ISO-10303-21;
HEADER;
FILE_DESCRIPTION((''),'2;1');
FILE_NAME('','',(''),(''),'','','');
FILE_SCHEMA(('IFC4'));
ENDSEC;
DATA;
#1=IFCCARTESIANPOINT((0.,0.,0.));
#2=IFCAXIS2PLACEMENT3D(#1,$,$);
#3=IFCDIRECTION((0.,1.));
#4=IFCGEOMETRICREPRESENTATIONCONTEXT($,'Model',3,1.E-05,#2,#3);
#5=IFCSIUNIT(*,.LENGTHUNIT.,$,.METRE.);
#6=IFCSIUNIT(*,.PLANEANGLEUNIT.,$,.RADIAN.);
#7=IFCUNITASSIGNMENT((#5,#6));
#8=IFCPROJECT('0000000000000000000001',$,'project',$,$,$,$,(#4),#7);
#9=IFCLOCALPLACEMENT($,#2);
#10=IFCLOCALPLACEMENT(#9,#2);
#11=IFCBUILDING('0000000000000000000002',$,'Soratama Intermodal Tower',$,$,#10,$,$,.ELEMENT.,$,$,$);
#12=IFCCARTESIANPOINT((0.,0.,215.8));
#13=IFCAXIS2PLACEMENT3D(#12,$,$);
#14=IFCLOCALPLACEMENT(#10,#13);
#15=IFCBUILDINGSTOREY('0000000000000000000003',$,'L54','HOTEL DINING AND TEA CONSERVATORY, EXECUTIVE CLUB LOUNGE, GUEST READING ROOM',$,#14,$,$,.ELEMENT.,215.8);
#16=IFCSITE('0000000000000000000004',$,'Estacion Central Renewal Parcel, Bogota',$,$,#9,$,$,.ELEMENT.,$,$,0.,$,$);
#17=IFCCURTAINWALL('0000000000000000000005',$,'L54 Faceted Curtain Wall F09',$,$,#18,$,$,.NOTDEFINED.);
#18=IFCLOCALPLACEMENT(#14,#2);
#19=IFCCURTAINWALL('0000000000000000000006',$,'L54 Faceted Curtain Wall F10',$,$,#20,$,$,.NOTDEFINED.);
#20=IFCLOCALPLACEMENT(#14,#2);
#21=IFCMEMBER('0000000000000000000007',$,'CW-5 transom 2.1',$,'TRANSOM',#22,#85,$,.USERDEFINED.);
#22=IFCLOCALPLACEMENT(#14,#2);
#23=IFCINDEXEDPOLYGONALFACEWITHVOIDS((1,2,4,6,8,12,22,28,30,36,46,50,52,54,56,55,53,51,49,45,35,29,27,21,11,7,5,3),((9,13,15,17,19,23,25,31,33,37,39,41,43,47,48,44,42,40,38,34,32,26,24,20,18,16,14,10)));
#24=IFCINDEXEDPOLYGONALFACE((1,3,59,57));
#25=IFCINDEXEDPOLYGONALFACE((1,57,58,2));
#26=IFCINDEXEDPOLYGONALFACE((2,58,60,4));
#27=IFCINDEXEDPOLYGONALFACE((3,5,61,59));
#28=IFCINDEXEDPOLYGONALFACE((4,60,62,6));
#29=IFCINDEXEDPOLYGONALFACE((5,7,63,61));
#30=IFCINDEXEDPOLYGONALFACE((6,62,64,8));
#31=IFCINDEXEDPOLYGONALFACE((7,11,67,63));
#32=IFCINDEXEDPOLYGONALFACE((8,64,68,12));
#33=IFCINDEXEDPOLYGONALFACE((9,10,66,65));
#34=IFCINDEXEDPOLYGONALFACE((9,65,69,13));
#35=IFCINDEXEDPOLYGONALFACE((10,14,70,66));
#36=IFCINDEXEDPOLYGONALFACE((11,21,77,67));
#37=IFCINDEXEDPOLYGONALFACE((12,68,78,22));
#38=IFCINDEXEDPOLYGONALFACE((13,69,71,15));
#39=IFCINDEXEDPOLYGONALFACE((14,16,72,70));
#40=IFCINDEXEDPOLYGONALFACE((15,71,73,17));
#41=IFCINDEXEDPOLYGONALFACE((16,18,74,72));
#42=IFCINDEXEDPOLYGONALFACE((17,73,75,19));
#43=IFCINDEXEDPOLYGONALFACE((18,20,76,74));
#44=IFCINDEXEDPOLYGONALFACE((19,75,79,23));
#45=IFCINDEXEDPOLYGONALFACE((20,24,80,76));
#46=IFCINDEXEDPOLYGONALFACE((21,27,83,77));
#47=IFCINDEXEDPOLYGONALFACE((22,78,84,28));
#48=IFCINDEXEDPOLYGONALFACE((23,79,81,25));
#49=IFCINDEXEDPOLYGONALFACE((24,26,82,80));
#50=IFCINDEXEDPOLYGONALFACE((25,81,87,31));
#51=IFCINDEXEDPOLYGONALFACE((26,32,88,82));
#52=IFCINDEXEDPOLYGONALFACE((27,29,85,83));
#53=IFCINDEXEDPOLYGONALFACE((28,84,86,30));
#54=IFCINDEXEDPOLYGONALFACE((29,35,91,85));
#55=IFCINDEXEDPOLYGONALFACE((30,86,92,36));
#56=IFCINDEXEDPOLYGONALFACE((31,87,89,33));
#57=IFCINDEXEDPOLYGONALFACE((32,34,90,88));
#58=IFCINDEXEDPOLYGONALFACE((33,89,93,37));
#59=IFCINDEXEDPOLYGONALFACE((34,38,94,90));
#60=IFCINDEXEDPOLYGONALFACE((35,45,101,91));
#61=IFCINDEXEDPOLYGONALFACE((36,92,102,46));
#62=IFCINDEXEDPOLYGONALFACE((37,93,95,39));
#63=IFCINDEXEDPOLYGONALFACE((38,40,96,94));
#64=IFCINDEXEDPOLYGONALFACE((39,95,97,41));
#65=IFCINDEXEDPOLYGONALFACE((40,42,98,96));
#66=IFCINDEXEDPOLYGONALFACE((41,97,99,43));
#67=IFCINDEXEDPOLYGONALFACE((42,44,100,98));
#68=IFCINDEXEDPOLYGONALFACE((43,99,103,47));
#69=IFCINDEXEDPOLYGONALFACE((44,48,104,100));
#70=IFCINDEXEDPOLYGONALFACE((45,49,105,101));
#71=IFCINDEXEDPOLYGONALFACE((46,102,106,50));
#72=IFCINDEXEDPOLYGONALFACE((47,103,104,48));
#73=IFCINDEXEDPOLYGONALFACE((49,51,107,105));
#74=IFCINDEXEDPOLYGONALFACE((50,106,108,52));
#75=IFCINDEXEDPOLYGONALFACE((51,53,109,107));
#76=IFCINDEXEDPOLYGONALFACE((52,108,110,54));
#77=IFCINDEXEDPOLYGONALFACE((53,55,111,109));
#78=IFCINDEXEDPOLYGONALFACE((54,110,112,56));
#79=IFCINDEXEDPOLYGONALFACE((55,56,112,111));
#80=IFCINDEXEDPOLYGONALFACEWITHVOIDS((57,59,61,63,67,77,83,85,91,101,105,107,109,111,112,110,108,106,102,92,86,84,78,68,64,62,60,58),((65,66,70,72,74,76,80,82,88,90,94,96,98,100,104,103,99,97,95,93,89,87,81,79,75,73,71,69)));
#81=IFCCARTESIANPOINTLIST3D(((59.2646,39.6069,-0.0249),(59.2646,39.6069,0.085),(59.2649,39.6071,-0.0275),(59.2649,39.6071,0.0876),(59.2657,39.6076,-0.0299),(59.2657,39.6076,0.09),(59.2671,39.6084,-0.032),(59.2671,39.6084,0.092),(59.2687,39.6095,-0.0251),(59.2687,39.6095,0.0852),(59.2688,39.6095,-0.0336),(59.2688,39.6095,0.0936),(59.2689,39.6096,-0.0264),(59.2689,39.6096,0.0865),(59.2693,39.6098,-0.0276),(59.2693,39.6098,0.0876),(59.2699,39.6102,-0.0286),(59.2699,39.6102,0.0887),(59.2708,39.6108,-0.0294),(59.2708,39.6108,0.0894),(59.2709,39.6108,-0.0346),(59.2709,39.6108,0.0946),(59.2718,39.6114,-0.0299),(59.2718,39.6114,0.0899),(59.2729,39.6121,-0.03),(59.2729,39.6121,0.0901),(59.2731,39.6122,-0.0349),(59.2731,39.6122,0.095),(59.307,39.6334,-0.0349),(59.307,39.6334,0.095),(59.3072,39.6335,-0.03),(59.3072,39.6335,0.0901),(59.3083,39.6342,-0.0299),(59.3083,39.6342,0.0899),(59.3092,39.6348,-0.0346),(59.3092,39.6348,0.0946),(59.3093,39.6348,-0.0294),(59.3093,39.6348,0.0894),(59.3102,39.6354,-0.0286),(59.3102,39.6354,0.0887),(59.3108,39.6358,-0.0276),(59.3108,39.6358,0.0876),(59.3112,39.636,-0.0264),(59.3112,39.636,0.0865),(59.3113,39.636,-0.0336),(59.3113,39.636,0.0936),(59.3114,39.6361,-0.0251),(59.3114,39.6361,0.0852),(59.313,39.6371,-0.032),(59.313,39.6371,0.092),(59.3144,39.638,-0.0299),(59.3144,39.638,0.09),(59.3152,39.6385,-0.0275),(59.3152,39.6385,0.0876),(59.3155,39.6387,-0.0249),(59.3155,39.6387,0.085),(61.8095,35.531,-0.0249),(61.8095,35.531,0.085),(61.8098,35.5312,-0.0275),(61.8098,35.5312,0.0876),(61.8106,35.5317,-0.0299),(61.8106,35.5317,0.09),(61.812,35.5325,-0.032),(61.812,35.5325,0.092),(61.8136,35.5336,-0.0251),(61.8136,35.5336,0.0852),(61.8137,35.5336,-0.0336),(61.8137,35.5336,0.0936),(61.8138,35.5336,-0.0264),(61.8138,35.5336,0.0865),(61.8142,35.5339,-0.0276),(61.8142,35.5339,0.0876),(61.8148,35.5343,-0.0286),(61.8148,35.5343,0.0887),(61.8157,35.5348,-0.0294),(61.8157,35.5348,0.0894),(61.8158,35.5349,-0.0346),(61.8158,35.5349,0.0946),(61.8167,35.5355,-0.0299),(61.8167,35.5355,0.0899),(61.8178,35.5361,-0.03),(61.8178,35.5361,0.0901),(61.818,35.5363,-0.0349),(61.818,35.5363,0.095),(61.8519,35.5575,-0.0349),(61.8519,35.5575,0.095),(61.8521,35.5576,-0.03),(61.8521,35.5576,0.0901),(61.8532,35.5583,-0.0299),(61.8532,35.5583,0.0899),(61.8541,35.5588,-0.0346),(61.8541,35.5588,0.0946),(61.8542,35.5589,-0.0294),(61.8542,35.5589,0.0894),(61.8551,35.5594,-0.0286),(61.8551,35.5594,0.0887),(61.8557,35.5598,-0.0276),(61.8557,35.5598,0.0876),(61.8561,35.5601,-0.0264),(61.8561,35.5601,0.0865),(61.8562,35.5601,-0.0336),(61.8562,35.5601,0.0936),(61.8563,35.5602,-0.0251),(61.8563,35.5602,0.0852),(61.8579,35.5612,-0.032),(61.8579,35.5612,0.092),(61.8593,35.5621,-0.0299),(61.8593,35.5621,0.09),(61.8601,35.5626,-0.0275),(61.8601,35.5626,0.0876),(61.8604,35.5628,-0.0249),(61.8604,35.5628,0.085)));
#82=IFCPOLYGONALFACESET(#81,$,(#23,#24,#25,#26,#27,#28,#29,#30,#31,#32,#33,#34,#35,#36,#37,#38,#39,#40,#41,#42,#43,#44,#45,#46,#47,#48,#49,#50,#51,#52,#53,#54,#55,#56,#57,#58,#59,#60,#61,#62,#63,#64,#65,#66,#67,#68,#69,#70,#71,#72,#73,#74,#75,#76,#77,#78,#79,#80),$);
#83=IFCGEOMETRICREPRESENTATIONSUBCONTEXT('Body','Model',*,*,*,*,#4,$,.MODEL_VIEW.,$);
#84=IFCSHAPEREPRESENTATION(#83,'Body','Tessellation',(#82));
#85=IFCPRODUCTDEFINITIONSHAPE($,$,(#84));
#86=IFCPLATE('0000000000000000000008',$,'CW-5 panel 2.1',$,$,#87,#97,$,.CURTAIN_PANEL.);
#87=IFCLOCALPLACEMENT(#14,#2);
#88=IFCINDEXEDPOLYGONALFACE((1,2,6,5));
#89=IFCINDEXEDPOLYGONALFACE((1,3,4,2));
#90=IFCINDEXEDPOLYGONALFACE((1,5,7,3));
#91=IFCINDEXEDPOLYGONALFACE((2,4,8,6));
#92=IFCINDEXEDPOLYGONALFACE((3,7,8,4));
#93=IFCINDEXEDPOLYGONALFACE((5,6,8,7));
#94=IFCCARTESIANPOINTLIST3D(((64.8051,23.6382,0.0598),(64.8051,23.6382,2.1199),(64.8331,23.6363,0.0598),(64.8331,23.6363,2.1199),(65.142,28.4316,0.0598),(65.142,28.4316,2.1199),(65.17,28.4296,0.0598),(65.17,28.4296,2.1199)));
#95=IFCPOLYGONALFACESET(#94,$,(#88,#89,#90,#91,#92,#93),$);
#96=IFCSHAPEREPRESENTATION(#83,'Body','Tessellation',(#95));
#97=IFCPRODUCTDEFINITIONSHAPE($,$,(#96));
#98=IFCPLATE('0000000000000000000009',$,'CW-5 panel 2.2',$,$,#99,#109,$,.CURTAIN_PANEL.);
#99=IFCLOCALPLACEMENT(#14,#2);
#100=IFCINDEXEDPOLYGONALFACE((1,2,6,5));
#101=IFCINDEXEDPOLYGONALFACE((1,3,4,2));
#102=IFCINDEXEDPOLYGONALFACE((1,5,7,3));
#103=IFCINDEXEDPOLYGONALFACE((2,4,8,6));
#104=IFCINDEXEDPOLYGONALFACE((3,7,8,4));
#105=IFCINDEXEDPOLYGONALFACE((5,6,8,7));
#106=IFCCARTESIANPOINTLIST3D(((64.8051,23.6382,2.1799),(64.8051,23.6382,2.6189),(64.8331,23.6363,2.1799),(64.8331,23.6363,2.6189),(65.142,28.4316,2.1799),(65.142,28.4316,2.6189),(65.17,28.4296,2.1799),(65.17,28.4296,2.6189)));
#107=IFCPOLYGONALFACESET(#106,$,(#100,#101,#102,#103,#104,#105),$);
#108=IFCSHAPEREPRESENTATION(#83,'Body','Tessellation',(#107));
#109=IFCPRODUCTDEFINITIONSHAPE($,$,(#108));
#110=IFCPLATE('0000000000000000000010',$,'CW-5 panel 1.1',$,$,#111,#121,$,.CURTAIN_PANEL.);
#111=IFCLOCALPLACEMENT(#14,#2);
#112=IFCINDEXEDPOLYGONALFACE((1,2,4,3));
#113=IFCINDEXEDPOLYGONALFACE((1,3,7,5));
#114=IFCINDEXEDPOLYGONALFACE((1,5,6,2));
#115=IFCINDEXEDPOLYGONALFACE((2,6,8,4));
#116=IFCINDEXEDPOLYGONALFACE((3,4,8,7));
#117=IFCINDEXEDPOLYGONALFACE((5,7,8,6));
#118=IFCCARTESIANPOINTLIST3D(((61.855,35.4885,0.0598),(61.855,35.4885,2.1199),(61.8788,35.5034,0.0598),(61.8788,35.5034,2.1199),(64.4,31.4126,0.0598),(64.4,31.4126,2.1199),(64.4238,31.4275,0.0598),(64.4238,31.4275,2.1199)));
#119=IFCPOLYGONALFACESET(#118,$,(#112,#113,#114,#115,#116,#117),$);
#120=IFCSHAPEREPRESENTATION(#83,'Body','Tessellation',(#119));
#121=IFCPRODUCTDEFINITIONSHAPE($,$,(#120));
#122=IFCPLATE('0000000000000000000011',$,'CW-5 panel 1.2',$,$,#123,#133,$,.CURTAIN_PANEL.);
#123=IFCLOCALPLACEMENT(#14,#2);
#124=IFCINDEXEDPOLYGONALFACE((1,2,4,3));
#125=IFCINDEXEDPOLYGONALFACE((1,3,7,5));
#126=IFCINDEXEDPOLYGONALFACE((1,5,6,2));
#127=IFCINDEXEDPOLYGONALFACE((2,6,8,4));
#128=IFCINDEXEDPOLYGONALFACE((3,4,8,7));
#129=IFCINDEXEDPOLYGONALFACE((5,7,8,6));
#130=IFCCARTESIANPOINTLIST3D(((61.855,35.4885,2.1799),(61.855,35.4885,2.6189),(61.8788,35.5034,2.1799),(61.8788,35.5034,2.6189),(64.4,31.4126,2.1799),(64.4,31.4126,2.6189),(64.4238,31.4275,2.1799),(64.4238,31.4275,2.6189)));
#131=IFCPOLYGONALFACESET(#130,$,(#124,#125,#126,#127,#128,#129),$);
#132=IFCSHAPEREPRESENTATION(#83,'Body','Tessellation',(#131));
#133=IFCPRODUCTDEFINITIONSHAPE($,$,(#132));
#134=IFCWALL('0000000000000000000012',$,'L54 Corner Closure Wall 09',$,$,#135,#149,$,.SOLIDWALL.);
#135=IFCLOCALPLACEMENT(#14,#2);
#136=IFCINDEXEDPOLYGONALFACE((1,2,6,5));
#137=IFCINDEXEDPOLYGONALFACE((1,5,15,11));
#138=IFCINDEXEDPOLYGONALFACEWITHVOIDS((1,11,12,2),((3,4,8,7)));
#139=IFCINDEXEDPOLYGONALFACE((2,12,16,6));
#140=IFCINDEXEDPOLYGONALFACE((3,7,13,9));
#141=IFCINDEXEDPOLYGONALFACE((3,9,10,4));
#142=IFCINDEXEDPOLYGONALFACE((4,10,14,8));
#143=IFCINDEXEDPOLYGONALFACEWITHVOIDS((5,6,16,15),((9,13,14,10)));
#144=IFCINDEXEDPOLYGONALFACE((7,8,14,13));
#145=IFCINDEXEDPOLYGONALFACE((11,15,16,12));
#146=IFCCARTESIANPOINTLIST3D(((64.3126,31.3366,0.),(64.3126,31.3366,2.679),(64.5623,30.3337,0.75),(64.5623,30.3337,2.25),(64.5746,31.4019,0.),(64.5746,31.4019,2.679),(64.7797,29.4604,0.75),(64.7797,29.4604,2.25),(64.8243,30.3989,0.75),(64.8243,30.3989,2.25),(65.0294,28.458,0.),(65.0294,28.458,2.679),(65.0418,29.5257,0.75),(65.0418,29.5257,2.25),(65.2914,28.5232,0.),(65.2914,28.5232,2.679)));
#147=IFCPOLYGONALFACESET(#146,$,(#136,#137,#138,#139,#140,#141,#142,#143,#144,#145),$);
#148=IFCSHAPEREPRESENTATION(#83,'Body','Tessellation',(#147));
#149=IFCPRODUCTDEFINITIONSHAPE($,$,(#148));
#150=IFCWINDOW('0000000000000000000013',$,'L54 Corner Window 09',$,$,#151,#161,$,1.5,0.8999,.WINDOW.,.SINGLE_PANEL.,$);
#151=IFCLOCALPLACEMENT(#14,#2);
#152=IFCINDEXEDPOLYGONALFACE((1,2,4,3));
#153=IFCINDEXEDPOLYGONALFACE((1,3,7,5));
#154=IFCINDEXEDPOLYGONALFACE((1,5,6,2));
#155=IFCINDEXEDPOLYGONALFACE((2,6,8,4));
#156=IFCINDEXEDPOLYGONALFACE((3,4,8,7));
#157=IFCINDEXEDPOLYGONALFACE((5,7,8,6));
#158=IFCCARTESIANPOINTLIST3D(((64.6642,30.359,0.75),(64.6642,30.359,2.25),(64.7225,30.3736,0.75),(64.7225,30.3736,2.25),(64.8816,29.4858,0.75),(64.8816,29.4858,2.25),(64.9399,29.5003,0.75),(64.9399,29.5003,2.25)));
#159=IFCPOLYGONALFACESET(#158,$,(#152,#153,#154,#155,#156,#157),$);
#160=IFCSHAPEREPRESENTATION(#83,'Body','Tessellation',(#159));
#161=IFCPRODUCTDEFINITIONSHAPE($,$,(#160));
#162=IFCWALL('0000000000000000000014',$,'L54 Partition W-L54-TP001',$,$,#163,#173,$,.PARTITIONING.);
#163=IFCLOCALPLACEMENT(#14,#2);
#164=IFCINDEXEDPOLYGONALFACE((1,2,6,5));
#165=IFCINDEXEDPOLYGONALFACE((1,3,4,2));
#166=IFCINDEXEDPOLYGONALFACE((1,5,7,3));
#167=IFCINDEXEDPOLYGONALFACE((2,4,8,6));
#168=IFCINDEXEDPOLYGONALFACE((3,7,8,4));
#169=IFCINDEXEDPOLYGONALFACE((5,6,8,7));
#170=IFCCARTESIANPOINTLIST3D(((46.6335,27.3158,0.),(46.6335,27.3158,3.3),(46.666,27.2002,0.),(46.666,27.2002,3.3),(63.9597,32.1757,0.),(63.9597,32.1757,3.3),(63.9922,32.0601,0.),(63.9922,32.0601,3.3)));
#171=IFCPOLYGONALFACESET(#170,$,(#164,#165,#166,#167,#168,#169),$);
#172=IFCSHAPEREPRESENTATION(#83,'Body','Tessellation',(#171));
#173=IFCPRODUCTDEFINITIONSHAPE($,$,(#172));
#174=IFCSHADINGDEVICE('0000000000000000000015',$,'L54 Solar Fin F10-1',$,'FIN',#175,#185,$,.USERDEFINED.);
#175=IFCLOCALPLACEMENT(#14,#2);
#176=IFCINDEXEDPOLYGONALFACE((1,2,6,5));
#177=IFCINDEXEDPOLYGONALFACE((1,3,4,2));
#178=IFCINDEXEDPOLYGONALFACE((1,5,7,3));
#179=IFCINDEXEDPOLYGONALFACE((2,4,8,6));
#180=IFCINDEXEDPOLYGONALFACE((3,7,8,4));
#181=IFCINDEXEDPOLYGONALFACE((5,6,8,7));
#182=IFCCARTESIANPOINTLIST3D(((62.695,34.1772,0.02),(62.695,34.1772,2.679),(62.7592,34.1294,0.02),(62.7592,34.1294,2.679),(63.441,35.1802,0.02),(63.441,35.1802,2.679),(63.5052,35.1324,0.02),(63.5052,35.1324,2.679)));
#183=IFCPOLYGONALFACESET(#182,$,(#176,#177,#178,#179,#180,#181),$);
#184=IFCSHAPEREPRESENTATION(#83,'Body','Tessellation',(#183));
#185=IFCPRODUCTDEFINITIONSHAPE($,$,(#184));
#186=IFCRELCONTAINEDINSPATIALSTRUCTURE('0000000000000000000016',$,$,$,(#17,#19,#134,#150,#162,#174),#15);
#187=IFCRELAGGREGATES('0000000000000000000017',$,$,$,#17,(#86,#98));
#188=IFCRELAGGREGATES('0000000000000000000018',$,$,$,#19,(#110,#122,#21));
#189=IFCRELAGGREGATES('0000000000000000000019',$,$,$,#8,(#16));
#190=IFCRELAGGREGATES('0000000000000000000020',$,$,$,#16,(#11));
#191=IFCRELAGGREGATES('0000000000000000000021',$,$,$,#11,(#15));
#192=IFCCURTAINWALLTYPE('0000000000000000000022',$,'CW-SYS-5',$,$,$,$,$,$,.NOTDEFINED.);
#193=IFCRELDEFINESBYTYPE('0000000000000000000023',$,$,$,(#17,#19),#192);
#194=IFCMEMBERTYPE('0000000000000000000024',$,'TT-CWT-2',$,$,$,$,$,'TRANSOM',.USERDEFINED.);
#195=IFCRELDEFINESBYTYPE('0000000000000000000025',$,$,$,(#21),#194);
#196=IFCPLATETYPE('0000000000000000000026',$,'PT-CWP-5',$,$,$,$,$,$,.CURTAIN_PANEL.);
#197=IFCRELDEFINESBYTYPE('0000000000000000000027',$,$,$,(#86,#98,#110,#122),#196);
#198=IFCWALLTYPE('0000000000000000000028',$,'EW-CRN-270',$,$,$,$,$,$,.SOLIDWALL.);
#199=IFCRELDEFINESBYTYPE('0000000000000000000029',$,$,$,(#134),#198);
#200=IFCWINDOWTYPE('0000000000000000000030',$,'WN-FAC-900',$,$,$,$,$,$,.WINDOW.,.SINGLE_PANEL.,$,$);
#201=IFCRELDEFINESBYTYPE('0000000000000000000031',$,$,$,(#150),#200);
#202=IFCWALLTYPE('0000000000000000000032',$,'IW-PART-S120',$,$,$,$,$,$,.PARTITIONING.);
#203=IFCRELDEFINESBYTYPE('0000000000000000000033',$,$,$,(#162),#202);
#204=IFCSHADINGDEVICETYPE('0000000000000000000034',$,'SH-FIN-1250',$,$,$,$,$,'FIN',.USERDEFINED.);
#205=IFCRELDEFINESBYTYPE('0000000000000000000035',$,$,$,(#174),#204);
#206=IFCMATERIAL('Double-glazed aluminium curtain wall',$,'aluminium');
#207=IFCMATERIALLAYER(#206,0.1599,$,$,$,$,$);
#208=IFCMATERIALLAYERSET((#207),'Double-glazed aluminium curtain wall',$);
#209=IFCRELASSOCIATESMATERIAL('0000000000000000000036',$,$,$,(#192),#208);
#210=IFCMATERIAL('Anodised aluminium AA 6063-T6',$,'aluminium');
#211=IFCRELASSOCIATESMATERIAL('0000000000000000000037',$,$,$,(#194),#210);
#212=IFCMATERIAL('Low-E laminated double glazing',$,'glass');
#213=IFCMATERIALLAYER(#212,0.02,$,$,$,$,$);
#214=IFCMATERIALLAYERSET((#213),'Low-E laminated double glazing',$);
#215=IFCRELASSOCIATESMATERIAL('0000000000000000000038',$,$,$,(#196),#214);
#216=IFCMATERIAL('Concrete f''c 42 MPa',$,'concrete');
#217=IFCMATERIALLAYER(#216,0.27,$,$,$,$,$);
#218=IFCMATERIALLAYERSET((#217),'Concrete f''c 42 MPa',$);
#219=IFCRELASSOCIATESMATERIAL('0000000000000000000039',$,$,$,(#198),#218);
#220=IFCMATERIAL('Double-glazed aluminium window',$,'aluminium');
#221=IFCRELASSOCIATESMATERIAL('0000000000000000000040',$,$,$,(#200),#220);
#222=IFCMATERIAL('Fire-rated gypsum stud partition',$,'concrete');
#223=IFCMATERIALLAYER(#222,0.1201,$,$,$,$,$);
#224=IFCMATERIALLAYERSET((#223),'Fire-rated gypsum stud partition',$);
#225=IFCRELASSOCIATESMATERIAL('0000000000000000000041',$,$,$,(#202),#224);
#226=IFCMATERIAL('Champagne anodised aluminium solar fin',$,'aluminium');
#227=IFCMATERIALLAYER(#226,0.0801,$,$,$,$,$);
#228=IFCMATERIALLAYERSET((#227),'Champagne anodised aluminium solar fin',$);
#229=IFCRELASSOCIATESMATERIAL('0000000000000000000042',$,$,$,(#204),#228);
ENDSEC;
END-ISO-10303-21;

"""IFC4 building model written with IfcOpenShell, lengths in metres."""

from ifc_helpers import new_model, si_unit, direction, frame, frame_2d, origin, origin_2d, place, context, subcontext, project, spatial, rectangle, hollow_rectangle, extrude, material, layer, layer_set, material_profile, profile_set, type_object, element, fill, aggregate, save


model = new_model("IFC4")

# Units and contexts
model_context = context("Model", 3, precision=1e-05, world=origin(), true_north=direction((0.0, 1.0)))
body_context = subcontext(model_context, "Body", "Model", "MODEL_VIEW")
ifc_project = project(units=[si_unit("LENGTHUNIT", "METRE"), si_unit("PLANEANGLEUNIT", "RADIAN")], contexts=[model_context])

# Site, building, storey
site_placement = place(None, origin())
site = spatial("IfcSite", under=ifc_project, at=site_placement, Name="Estacion Central Renewal Parcel, Bogota", CompositionType="ELEMENT", RefElevation=0.0)
building_placement = place(site_placement, origin())
building = spatial("IfcBuilding", under=site, at=building_placement, Name="Soratama Intermodal Tower", CompositionType="ELEMENT")
storey_placement = place(building_placement, frame((0.0, 0.0, 215.8)))
storey = spatial("IfcBuildingStorey", under=building, at=storey_placement, Name="L54", Description="HOTEL DINING AND TEA CONSERVATORY, EXECUTIVE CLUB LOUNGE, GUEST READING ROOM", CompositionType="ELEMENT", Elevation=215.8)

# Curtain wall
ifc_material_1 = material(Name="Double-glazed aluminium curtain wall", Category="aluminium")
ifc_layer_1 = layer(ifc_material_1, 0.1599)
ifc_layer_set_1 = layer_set([ifc_layer_1], Name="Double-glazed aluminium curtain wall")
curtain_wall_type = type_object("IfcCurtainWallType", Name="CW-SYS-5", PredefinedType="NOTDEFINED", material=ifc_layer_set_1)
curtain_wall_1_placement = place(storey_placement, origin())
curtain_wall_1 = element("IfcCurtainWall", 1, at=curtain_wall_1_placement, inside=storey, type_object=curtain_wall_type, Name="L54 Faceted Curtain Wall F09", PredefinedType="NOTDEFINED")

# Curtain wall, member
curtain_wall_2_placement = place(storey_placement, origin())
curtain_wall_2 = element("IfcCurtainWall", 2, at=curtain_wall_2_placement, inside=storey, type_object=curtain_wall_type, Name="L54 Faceted Curtain Wall F10", PredefinedType="NOTDEFINED")
ifc_material_2 = material(Name="Anodised aluminium AA 6063-T6", Category="aluminium")
ifc_material_profile_1 = material_profile(ifc_material_2, hollow_rectangle(XDim=0.0601, YDim=0.1299, WallThickness=0.0049, InnerFilletRadius=0.0049, OuterFilletRadius=0.01, at=origin_2d()), Name="CWT130X60X5")
ifc_profile_set_1 = profile_set([ifc_material_profile_1], Name="Anodised aluminium AA 6063-T6")
member_type_1 = type_object("IfcMemberType", Name="TT-CWT-2", ElementType="TRANSOM", PredefinedType="USERDEFINED", material=ifc_profile_set_1)
member_1_placement = place(storey_placement, frame((61.835, 35.5469, 0.03), z_axis=(-0.52962, 0.848235, 0.0), x_axis=(-0.848235, -0.52962, 0.0)))
member_1 = element("IfcMember", 3, at=member_1_placement, type_object=member_type_1, Name="CW-5 transom 2.1", ObjectType="TRANSOM", PredefinedType="USERDEFINED", context=body_context, shape_type="SweptSolid", body=[
    extrude(hollow_rectangle(XDim=0.0601, YDim=0.1299, WallThickness=0.0049, InnerFilletRadius=0.0049, OuterFilletRadius=0.01, at=origin_2d()), origin(), (0.0, 0.0, 1.0), 4.8052),
])

# Plates
ifc_material_3 = material(Name="Low-E laminated double glazing", Category="glass")
ifc_layer_2 = layer(ifc_material_3, 0.02)
ifc_layer_set_2 = layer_set([ifc_layer_2], Name="Low-E laminated double glazing")
plate_type = type_object("IfcPlateType", Name="PT-CWP-5", PredefinedType="CURTAIN_PANEL", material=ifc_layer_set_2)
plate_1_placement = place(storey_placement, frame((64.9875, 26.0339, 0.0598), z_axis=(0.0, 0.0, 1.0), x_axis=(0.070109, 0.997539, 0.0)))
plate_1 = element("IfcPlate", 4, at=plate_1_placement, type_object=plate_type, Name="CW-5 panel 2.1", PredefinedType="CURTAIN_PANEL", context=body_context, shape_type="SweptSolid", body=[
    extrude(rectangle(XDim=4.8052, YDim=0.0281, at=origin_2d()), origin(), (0.0, 0.0, 1.0), 2.0601),
])
plate_2_placement = place(storey_placement, frame((64.9875, 26.0339, 2.1799), z_axis=(0.0, 0.0, 1.0), x_axis=(0.070109, 0.997539, 0.0)))
plate_2 = element("IfcPlate", 5, at=plate_2_placement, type_object=plate_type, Name="CW-5 panel 2.2", PredefinedType="CURTAIN_PANEL", context=body_context, shape_type="SweptSolid", body=[
    extrude(rectangle(XDim=4.8052, YDim=0.0281, at=origin_2d()), origin(), (0.0, 0.0, 1.0), 0.439),
])
aggregate(curtain_wall_1, [plate_1, plate_2])
plate_3_placement = place(storey_placement, frame((63.1394, 33.458, 0.0598), z_axis=(0.0, 0.0, 1.0), x_axis=(-0.529626, 0.848231, 0.0)))
plate_3 = element("IfcPlate", 6, at=plate_3_placement, type_object=plate_type, Name="CW-5 panel 1.1", PredefinedType="CURTAIN_PANEL", context=body_context, shape_type="SweptSolid", body=[
    extrude(rectangle(XDim=4.8052, YDim=0.0281, at=origin_2d()), origin(), (0.0, 0.0, 1.0), 2.0601),
])
plate_4_placement = place(storey_placement, frame((63.1394, 33.458, 2.1799), z_axis=(0.0, 0.0, 1.0), x_axis=(-0.529626, 0.848231, 0.0)))
plate_4 = element("IfcPlate", 7, at=plate_4_placement, type_object=plate_type, Name="CW-5 panel 1.2", PredefinedType="CURTAIN_PANEL", context=body_context, shape_type="SweptSolid", body=[
    extrude(rectangle(XDim=4.8052, YDim=0.0281, at=origin_2d()), origin(), (0.0, 0.0, 1.0), 0.439),
])
aggregate(curtain_wall_2, [plate_3, plate_4, member_1])

# Wall, opening, window
ifc_material_4 = material(Name="Concrete f'c 42 MPa", Category="concrete")
ifc_layer_3 = layer(ifc_material_4, 0.27)
ifc_layer_set_3 = layer_set([ifc_layer_3], Name="Concrete f'c 42 MPa")
wall_type_1 = type_object("IfcWallType", Name="EW-CRN-270", PredefinedType="SOLIDWALL", material=ifc_layer_set_3)
wall_1_placement = place(storey_placement, frame((65.1604, 28.4905, 0.0), z_axis=(0.0, 0.0, 1.0), x_axis=(-0.241625, 0.97037, 0.0)))
wall_1 = element("IfcWall", 8, at=wall_1_placement, inside=storey, type_object=wall_type_1, Name="L54 Corner Closure Wall 09", PredefinedType="SOLIDWALL", context=body_context, shape_type="SweptSolid", body=[
    extrude(rectangle(XDim=2.9666, YDim=0.27, at=frame_2d((1.4834, 0.0))), origin(), (0.0, 0.0, 1.0), 2.679),
])
opening_placement = place(wall_1_placement, frame((1.0332, 0.0, 0.75)))
opening = element("IfcOpeningElement", 9, at=opening_placement, cuts=wall_1, PredefinedType="OPENING", context=body_context, shape_type="SweptSolid", body=[
    extrude(rectangle(XDim=0.8999, YDim=1.5, at=frame_2d((0.45, 0.75))), frame((0.0, 0.145, 0.0), z_axis=(0.0, -1.0, 0.0), x_axis=(1.0, 0.0, 0.0)), (0.0, 0.0, 1.0), 0.29),
])
ifc_material_5 = material(Name="Double-glazed aluminium window", Category="aluminium")
window_type = type_object("IfcWindowType", Name="WN-FAC-900", PartitioningType="SINGLE_PANEL", PredefinedType="WINDOW", material=ifc_material_5)
window_placement = place(opening_placement, origin())
window = element("IfcWindow", 10, at=window_placement, inside=storey, type_object=window_type, Name="L54 Corner Window 09", OverallHeight=1.5, OverallWidth=0.8999, PartitioningType="SINGLE_PANEL", PredefinedType="WINDOW", context=body_context, shape_type="SweptSolid", body=[
    extrude(rectangle(XDim=0.8999, YDim=1.5, at=frame_2d((0.45, 0.75))), frame((0.0, 0.03, 0.0), z_axis=(0.0, -1.0, 0.0), x_axis=(1.0, 0.0, 0.0)), (0.0, 0.0, 1.0), 0.0601),
])
fill(opening, window)

# Wall
ifc_material_6 = material(Name="Fire-rated gypsum stud partition", Category="concrete")
ifc_layer_4 = layer(ifc_material_6, 0.1201)
ifc_layer_set_4 = layer_set([ifc_layer_4], Name="Fire-rated gypsum stud partition")
wall_type_2 = type_object("IfcWallType", Name="IW-PART-S120", PredefinedType="PARTITIONING", material=ifc_layer_set_4)
wall_2_placement = place(storey_placement, frame((63.9761, 32.1179, 0.0), z_axis=(0.0, 0.0, 1.0), x_axis=(-0.962841, -0.27007, 0.0)))
element("IfcWall", 11, at=wall_2_placement, inside=storey, type_object=wall_type_2, Name="L54 Partition W-L54-TP001", PredefinedType="PARTITIONING", context=body_context, shape_type="SweptSolid", body=[
    extrude(rectangle(XDim=17.9949, YDim=0.1201, at=frame_2d((8.9976, 0.0))), origin(), (0.0, 0.0, 1.0), 3.3),
])

# Shading device
ifc_material_7 = material(Name="Champagne anodised aluminium solar fin", Category="aluminium")
ifc_layer_5 = layer(ifc_material_7, 0.0801)
ifc_layer_set_5 = layer_set([ifc_layer_5], Name="Champagne anodised aluminium solar fin")
shading_device_type = type_object("IfcShadingDeviceType", Name="SH-FIN-1250", ElementType="FIN", PredefinedType="USERDEFINED", material=ifc_layer_set_5)
shading_device_placement = place(storey_placement, frame((63.1001, 34.6548, 0.02), z_axis=(0.0, 0.0, 1.0), x_axis=(0.596785, 0.802401, 0.0)))
element("IfcShadingDevice", 12, at=shading_device_placement, inside=storey, type_object=shading_device_type, Name="L54 Solar Fin F10-1", ObjectType="FIN", PredefinedType="USERDEFINED", context=body_context, shape_type="SweptSolid", body=[
    extrude(rectangle(XDim=1.25, YDim=0.0801, at=origin_2d()), origin(), (0.0, 0.0, 1.0), 2.6589),
])

save(model, "model.ifc")
